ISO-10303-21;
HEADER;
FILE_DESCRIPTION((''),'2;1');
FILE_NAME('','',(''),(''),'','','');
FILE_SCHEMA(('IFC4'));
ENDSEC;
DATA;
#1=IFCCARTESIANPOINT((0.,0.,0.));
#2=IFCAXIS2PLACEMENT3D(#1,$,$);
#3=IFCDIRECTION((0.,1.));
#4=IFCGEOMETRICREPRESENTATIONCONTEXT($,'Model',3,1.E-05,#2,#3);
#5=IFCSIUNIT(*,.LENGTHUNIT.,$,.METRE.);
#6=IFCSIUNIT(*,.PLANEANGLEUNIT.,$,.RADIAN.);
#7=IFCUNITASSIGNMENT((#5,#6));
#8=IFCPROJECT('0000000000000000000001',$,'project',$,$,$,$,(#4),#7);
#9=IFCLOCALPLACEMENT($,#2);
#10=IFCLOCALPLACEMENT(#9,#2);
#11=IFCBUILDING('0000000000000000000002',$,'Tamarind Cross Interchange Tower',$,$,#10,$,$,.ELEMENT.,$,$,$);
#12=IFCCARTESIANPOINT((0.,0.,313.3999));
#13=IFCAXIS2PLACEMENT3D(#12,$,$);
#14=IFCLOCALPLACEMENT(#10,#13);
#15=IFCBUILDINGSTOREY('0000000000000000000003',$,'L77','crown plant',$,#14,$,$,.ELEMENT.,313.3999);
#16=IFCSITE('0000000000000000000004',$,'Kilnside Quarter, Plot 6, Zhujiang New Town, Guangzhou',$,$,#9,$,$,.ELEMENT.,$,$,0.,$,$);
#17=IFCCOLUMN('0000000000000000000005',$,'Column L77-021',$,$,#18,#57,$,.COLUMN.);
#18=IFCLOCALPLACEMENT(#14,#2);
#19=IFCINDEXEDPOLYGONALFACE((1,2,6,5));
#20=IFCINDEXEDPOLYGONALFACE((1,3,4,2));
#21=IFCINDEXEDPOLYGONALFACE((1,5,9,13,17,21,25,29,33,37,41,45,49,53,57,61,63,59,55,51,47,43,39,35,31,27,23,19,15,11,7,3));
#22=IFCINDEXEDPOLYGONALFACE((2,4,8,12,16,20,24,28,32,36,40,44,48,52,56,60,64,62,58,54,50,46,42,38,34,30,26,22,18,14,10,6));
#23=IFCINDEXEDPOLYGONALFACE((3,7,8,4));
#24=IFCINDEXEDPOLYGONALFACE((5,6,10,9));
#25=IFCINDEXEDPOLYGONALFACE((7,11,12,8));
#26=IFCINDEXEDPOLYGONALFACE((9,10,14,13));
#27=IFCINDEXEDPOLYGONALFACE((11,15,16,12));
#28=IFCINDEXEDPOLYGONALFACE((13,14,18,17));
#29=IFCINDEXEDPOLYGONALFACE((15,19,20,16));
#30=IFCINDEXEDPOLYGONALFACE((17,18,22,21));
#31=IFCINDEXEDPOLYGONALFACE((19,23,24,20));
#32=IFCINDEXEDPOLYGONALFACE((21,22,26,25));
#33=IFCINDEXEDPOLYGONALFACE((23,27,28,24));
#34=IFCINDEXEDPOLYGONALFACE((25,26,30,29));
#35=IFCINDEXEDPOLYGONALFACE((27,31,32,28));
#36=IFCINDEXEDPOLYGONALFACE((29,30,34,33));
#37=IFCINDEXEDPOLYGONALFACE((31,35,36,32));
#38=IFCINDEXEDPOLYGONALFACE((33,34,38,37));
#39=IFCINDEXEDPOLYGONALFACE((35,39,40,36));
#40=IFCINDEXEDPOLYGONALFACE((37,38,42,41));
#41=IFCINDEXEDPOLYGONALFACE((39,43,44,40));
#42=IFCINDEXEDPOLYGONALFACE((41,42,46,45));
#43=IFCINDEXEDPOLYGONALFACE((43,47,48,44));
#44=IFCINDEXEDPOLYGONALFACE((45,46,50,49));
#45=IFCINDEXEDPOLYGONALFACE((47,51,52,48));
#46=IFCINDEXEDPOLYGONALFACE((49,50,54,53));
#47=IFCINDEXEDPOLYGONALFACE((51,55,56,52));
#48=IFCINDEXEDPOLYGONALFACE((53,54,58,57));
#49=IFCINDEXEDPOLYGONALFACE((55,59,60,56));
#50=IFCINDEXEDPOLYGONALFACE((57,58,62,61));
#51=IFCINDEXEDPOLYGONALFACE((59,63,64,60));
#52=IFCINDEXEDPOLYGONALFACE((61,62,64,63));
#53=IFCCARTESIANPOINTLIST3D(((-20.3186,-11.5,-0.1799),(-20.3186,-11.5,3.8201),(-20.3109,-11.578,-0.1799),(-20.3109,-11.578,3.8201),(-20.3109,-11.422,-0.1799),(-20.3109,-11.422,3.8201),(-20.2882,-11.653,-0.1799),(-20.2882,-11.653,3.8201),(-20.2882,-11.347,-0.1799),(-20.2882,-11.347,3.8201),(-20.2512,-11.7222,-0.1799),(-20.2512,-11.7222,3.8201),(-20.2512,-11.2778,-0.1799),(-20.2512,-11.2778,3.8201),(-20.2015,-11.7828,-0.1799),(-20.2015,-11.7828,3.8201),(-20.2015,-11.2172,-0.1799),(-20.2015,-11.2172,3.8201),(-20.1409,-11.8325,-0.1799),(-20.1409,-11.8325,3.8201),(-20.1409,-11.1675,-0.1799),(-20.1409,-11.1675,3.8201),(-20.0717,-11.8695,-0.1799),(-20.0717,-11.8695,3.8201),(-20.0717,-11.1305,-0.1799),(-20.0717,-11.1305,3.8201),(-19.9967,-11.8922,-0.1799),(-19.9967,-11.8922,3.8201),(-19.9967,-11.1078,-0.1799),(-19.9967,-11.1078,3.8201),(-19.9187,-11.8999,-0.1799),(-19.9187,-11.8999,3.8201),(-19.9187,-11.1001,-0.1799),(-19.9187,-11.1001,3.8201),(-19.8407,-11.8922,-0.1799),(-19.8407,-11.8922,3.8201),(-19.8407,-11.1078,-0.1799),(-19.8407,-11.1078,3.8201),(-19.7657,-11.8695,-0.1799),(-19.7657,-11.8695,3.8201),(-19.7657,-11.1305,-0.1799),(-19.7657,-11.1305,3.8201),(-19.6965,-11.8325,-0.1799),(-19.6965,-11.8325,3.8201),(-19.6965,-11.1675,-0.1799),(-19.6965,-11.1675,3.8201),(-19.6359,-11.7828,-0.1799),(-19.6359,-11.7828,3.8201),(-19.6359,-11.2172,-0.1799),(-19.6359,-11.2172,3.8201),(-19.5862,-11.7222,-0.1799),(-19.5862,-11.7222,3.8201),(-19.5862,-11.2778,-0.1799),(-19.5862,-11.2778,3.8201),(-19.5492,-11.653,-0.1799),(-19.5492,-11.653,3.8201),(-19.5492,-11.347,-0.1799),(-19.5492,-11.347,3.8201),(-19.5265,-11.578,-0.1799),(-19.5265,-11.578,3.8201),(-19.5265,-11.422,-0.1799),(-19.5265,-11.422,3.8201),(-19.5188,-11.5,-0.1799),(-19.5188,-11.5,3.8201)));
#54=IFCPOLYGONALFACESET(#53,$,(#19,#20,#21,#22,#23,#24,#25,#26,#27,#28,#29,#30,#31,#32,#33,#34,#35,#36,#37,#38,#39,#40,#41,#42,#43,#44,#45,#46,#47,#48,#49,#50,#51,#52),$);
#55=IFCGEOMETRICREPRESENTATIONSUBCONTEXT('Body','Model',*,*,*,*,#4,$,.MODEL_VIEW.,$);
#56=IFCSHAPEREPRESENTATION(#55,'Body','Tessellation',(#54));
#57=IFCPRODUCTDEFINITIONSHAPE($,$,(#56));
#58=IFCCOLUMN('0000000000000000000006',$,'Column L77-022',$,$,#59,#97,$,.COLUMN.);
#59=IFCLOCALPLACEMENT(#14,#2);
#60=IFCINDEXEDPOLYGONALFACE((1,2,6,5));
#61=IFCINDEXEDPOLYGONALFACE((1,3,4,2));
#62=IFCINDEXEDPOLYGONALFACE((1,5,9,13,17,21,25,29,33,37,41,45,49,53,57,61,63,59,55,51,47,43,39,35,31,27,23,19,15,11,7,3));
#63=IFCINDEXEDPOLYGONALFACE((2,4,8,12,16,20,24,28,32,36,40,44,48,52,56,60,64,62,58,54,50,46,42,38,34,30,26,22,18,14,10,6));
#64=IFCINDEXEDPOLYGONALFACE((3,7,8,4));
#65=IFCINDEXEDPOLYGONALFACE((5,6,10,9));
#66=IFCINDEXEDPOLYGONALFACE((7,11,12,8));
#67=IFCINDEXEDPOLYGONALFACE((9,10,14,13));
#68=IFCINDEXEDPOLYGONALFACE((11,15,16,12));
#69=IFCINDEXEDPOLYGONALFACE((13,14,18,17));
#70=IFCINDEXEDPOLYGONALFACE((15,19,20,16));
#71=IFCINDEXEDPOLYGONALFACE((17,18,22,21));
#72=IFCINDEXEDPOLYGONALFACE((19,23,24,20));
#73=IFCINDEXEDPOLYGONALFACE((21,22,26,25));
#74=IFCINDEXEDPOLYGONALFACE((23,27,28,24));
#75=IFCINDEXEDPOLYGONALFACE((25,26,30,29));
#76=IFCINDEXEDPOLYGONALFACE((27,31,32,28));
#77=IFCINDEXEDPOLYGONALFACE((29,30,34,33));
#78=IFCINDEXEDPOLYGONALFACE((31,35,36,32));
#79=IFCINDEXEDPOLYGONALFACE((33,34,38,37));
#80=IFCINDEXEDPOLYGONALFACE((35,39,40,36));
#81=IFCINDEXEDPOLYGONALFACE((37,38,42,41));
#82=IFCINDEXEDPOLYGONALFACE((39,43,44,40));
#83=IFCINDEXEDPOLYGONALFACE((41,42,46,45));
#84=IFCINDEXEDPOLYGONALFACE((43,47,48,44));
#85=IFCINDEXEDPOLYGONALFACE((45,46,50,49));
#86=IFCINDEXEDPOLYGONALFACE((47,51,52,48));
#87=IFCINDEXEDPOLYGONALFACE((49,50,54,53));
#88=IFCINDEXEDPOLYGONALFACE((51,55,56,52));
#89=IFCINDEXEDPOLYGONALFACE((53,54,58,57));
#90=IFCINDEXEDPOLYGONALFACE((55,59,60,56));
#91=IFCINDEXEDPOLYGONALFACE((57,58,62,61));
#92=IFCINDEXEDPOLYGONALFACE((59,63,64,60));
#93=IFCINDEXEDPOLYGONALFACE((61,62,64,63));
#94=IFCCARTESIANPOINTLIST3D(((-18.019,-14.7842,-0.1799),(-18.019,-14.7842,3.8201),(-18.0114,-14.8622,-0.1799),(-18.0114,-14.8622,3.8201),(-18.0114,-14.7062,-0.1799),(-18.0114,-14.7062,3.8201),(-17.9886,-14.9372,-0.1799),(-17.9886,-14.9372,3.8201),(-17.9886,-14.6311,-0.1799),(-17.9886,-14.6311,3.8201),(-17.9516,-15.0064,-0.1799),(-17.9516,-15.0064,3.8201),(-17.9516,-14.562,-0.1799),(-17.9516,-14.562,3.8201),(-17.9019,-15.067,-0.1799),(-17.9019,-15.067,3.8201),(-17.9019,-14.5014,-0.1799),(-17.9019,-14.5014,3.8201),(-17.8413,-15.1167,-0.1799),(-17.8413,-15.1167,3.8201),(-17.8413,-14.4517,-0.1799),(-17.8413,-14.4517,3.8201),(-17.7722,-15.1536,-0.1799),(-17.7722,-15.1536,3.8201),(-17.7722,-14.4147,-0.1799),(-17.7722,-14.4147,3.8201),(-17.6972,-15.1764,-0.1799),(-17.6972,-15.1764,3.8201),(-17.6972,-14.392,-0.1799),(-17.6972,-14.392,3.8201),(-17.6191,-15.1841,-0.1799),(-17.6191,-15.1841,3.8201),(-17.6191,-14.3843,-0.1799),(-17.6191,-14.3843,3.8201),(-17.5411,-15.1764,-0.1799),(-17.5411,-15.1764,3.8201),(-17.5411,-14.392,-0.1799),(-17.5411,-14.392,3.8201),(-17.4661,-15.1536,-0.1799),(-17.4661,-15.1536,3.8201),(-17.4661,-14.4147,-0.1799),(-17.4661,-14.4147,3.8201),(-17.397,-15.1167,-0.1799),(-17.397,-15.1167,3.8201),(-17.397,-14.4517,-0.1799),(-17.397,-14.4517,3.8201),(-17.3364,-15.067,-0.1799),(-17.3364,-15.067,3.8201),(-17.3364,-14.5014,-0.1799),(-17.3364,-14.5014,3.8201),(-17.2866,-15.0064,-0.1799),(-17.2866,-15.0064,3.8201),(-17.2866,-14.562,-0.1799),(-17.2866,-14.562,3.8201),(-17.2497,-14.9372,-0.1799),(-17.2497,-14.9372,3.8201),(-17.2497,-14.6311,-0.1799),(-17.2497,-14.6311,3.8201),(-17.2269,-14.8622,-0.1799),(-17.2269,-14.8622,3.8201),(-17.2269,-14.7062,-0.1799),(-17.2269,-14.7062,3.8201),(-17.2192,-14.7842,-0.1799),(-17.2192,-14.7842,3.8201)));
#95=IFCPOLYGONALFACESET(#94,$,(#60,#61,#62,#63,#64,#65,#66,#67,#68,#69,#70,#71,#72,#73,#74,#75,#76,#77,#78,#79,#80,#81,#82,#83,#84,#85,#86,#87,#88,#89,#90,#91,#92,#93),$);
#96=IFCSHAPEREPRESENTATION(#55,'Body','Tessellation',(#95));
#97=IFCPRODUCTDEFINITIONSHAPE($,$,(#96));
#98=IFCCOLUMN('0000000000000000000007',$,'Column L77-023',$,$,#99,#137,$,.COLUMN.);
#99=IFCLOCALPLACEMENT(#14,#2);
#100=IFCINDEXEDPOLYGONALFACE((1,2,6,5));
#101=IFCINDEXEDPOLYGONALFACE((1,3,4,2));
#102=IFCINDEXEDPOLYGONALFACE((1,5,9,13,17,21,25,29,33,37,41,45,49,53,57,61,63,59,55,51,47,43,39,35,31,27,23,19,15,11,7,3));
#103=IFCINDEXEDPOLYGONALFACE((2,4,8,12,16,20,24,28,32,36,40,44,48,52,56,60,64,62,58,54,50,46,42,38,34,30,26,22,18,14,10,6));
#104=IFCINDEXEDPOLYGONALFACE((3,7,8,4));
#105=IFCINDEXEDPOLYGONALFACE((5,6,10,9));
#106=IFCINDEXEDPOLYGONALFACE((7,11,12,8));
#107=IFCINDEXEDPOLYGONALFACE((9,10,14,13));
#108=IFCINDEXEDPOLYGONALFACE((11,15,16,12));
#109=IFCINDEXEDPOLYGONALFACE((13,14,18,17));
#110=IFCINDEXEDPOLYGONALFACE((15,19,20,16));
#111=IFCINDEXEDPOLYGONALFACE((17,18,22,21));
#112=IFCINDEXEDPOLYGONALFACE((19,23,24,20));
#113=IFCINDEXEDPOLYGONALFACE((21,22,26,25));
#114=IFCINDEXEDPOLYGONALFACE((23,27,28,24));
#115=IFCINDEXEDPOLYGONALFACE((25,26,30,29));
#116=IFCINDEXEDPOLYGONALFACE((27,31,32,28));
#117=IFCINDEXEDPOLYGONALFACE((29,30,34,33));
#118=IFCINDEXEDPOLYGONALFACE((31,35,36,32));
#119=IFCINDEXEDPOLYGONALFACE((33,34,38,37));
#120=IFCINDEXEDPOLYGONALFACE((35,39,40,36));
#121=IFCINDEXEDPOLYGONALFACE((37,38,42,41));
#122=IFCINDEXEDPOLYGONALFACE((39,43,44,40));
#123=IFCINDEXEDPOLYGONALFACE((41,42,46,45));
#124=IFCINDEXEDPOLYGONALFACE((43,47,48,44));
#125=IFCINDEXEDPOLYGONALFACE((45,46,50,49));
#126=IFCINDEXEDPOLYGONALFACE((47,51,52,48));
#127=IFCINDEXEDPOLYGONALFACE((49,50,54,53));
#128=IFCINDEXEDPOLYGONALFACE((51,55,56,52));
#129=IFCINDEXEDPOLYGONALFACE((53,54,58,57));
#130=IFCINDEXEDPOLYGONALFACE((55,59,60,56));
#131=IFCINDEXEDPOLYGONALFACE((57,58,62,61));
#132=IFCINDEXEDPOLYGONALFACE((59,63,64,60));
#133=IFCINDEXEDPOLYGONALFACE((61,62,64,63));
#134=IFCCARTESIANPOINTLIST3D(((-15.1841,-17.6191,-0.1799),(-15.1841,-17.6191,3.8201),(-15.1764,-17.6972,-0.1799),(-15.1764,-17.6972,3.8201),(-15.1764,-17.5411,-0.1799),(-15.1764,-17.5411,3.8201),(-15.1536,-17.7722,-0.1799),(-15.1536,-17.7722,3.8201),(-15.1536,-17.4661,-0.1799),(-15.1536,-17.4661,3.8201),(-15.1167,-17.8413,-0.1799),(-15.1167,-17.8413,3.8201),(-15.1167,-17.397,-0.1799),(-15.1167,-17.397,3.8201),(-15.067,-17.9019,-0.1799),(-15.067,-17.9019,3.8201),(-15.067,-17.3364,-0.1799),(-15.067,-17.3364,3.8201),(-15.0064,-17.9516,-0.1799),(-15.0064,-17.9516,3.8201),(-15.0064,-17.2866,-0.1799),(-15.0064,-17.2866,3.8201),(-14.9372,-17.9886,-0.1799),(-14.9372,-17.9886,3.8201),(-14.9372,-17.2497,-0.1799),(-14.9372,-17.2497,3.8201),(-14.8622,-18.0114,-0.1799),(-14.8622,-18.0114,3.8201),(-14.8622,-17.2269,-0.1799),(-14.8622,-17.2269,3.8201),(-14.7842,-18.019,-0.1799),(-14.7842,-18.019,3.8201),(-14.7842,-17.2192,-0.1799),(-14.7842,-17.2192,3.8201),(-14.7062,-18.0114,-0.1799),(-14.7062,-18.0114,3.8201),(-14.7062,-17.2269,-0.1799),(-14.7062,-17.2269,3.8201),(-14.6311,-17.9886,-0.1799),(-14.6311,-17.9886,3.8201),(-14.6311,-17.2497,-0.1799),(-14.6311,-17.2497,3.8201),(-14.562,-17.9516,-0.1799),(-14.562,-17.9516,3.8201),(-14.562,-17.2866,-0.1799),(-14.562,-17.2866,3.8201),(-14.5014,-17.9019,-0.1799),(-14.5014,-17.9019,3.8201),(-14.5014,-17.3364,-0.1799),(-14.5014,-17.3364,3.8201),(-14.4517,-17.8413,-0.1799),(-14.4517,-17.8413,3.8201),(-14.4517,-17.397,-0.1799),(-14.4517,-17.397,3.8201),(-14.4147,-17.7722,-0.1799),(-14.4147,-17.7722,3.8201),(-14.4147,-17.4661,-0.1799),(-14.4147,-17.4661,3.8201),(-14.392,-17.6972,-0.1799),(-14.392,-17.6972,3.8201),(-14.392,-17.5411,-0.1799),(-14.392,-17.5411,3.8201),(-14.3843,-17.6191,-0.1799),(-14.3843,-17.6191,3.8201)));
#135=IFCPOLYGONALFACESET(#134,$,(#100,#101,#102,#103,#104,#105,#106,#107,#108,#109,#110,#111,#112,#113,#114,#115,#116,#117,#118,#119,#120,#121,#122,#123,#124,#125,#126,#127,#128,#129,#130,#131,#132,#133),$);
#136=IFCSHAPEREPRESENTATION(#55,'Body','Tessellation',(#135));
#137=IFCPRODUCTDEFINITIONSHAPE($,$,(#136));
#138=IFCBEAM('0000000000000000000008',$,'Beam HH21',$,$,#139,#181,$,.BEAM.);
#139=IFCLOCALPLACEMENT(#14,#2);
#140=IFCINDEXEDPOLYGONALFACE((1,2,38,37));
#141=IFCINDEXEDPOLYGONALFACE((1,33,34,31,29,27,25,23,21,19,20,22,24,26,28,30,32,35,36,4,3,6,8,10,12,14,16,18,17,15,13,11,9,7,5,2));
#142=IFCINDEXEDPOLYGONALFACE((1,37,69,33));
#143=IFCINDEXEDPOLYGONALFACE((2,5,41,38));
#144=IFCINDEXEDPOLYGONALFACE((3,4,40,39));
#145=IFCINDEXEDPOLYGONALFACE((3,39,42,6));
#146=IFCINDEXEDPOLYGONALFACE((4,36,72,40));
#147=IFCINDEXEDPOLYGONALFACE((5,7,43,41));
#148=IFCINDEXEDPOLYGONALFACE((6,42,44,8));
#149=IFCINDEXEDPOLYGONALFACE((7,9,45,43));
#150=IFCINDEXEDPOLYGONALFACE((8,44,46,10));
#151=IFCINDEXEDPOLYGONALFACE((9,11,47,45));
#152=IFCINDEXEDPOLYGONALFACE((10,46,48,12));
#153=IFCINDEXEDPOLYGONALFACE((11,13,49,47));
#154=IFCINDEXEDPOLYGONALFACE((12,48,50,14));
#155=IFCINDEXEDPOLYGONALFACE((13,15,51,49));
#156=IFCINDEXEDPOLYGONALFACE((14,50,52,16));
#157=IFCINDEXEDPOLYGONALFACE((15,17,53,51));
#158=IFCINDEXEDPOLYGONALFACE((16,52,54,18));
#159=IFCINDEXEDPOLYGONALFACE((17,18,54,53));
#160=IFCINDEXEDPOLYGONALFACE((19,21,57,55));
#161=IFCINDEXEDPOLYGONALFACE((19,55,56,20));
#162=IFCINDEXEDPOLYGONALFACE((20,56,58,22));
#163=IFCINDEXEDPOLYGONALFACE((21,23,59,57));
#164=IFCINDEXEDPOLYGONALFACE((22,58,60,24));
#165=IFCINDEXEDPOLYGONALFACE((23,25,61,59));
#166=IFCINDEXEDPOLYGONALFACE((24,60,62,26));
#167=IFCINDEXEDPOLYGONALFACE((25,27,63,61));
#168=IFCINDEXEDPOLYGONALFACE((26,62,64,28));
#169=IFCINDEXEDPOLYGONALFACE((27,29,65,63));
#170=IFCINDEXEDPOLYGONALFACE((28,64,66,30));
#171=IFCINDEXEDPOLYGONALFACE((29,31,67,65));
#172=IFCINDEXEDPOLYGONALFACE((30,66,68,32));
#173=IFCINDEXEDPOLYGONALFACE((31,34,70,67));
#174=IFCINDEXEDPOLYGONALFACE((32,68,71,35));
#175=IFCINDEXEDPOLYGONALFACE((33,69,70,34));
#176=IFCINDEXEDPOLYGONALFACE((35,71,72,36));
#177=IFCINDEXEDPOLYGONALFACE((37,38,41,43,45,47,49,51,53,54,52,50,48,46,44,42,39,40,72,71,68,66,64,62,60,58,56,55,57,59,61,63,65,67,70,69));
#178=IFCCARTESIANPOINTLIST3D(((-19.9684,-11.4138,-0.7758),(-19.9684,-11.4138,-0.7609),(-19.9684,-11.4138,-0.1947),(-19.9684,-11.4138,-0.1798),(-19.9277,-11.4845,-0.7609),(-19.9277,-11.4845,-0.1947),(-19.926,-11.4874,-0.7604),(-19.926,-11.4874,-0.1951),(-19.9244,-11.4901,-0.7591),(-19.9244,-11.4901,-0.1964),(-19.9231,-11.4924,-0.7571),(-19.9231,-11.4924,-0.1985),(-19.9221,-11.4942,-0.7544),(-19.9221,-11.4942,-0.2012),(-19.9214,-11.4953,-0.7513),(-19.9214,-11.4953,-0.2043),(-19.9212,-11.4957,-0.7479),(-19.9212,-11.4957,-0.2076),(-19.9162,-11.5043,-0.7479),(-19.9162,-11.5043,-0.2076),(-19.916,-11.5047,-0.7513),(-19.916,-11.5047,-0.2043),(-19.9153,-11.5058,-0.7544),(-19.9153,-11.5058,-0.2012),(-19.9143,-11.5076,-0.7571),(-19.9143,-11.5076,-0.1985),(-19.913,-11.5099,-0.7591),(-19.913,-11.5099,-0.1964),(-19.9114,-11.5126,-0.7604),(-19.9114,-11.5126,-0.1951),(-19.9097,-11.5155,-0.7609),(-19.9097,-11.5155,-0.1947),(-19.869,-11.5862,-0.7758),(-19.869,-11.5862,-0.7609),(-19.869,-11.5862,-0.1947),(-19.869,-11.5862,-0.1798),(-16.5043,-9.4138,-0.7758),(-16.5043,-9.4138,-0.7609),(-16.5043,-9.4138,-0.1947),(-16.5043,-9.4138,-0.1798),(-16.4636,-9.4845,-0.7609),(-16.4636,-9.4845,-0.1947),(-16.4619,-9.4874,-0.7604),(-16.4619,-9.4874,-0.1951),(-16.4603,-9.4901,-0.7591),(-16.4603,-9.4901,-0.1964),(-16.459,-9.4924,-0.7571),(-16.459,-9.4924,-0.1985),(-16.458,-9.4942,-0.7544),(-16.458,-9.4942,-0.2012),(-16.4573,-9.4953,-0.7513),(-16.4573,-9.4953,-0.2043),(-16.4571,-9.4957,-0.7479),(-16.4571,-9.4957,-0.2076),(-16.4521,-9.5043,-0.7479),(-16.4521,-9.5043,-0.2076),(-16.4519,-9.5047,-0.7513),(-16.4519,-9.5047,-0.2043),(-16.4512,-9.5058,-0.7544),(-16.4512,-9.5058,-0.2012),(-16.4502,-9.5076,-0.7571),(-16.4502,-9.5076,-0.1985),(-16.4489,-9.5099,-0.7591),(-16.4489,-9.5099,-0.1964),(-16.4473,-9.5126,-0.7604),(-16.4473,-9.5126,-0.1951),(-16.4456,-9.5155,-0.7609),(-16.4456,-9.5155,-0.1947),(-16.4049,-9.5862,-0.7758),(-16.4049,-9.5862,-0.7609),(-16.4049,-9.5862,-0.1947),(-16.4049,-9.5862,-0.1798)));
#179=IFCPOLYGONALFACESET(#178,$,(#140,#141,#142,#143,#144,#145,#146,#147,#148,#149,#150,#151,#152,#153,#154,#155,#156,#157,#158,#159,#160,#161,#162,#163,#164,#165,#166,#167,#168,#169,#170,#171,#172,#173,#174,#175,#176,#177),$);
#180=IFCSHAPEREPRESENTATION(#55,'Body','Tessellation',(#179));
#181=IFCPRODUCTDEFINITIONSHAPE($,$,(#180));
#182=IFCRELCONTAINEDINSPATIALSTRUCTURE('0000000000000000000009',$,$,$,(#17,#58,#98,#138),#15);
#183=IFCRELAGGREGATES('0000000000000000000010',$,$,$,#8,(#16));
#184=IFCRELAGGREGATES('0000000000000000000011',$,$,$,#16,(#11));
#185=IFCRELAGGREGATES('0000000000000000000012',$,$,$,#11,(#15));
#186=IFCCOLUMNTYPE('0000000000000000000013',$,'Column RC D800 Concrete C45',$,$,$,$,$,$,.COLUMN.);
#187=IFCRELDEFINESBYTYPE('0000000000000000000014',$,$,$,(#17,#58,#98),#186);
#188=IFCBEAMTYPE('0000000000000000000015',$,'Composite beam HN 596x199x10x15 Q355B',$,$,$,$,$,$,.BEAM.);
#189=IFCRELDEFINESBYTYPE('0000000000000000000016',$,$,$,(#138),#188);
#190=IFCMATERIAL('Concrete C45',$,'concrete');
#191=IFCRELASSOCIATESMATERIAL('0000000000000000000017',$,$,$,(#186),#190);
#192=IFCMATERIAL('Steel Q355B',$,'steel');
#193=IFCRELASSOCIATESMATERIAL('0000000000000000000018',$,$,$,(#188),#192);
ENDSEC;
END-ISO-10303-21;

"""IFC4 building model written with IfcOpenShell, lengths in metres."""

from ifc_helpers import new_model, si_unit, direction, frame, origin, origin_2d, place, context, subcontext, project, spatial, circle, i_section, extrude, material, material_profile, profile_set, type_object, element, save


model = new_model("IFC4")

# Units and contexts
model_context = context("Model", 3, precision=1e-05, world=origin(), true_north=direction((0.0, 1.0)))
body_context = subcontext(model_context, "Body", "Model", "MODEL_VIEW")
ifc_project = project(units=[si_unit("LENGTHUNIT", "METRE"), si_unit("PLANEANGLEUNIT", "RADIAN")], contexts=[model_context])

# Site, building, storey
site_placement = place(None, origin())
site = spatial("IfcSite", under=ifc_project, at=site_placement, Name="Kilnside Quarter, Plot 6, Zhujiang New Town, Guangzhou", CompositionType="ELEMENT", RefElevation=0.0)
building_placement = place(site_placement, origin())
building = spatial("IfcBuilding", under=site, at=building_placement, Name="Tamarind Cross Interchange Tower", CompositionType="ELEMENT")
storey_placement = place(building_placement, frame((0.0, 0.0, 313.3999)))
storey = spatial("IfcBuildingStorey", under=building, at=storey_placement, Name="L77", Description="crown plant", CompositionType="ELEMENT", Elevation=313.3999)

# Columns
ifc_material_1 = material(Name="Concrete C45", Category="concrete")
ifc_material_profile_1 = material_profile(ifc_material_1, circle(Radius=0.3999, at=origin_2d()), Name="RC D800")
ifc_profile_set_1 = profile_set([ifc_material_profile_1], Name="Concrete C45")
column_type = type_object("IfcColumnType", Name="Column RC D800 Concrete C45", PredefinedType="COLUMN", material=ifc_profile_set_1)
for number, where, z_axis, x_axis, name in (
    (1, (-19.9187, -11.5, -0.1799), (0.0, 0.0, 1.0), (1.0, 0.0, 0.0), "Column L77-021"),
    (2, (-17.6191, -14.7842, -0.1799), (0.0, 0.0, 1.0), (1.0, 0.0, 0.0), "Column L77-022"),
    (3, (-14.7842, -17.6191, -0.1799), (0.0, 0.0, 1.0), (1.0, 0.0, 0.0), "Column L77-023"),
):
    element("IfcColumn", number, at=place(storey_placement, frame(where, z_axis=z_axis, x_axis=x_axis)), inside=storey, type_object=column_type, Name=name, PredefinedType="COLUMN", context=body_context, shape_type="SweptSolid", body=[
        extrude(circle(Radius=0.3999, at=origin_2d()), origin(), (0.0, 0.0, 1.0), 4.0),
    ])

# Beam
ifc_material_2 = material(Name="Steel Q355B", Category="steel")
ifc_material_profile_2 = material_profile(ifc_material_2, i_section(OverallWidth=0.199, OverallDepth=0.5959, WebThickness=0.01, FlangeThickness=0.0149, FilletRadius=0.0129, at=origin_2d()), Name="HN 596x199x10x15")
ifc_profile_set_2 = profile_set([ifc_material_profile_2], Name="Steel Q355B")
beam_type = type_object("IfcBeamType", Name="Composite beam HN 596x199x10x15 Q355B", PredefinedType="BEAM", material=ifc_profile_set_2)
beam_1_placement = place(storey_placement, frame((-19.9187, -11.5, -0.4778), z_axis=(0.866026, 0.499999, 0.0), x_axis=(-0.499999, 0.866026, 0.0)))
element("IfcBeam", 4, at=beam_1_placement, inside=storey, type_object=beam_type, Name="Beam HH21", PredefinedType="BEAM", context=body_context, shape_type="SweptSolid", body=[
    extrude(i_section(OverallWidth=0.199, OverallDepth=0.5959, WebThickness=0.01, FlangeThickness=0.0149, FilletRadius=0.0129, at=origin_2d()), origin(), (0.0, 0.0, 1.0), 4.0),
])

save(model, "model.ifc")
